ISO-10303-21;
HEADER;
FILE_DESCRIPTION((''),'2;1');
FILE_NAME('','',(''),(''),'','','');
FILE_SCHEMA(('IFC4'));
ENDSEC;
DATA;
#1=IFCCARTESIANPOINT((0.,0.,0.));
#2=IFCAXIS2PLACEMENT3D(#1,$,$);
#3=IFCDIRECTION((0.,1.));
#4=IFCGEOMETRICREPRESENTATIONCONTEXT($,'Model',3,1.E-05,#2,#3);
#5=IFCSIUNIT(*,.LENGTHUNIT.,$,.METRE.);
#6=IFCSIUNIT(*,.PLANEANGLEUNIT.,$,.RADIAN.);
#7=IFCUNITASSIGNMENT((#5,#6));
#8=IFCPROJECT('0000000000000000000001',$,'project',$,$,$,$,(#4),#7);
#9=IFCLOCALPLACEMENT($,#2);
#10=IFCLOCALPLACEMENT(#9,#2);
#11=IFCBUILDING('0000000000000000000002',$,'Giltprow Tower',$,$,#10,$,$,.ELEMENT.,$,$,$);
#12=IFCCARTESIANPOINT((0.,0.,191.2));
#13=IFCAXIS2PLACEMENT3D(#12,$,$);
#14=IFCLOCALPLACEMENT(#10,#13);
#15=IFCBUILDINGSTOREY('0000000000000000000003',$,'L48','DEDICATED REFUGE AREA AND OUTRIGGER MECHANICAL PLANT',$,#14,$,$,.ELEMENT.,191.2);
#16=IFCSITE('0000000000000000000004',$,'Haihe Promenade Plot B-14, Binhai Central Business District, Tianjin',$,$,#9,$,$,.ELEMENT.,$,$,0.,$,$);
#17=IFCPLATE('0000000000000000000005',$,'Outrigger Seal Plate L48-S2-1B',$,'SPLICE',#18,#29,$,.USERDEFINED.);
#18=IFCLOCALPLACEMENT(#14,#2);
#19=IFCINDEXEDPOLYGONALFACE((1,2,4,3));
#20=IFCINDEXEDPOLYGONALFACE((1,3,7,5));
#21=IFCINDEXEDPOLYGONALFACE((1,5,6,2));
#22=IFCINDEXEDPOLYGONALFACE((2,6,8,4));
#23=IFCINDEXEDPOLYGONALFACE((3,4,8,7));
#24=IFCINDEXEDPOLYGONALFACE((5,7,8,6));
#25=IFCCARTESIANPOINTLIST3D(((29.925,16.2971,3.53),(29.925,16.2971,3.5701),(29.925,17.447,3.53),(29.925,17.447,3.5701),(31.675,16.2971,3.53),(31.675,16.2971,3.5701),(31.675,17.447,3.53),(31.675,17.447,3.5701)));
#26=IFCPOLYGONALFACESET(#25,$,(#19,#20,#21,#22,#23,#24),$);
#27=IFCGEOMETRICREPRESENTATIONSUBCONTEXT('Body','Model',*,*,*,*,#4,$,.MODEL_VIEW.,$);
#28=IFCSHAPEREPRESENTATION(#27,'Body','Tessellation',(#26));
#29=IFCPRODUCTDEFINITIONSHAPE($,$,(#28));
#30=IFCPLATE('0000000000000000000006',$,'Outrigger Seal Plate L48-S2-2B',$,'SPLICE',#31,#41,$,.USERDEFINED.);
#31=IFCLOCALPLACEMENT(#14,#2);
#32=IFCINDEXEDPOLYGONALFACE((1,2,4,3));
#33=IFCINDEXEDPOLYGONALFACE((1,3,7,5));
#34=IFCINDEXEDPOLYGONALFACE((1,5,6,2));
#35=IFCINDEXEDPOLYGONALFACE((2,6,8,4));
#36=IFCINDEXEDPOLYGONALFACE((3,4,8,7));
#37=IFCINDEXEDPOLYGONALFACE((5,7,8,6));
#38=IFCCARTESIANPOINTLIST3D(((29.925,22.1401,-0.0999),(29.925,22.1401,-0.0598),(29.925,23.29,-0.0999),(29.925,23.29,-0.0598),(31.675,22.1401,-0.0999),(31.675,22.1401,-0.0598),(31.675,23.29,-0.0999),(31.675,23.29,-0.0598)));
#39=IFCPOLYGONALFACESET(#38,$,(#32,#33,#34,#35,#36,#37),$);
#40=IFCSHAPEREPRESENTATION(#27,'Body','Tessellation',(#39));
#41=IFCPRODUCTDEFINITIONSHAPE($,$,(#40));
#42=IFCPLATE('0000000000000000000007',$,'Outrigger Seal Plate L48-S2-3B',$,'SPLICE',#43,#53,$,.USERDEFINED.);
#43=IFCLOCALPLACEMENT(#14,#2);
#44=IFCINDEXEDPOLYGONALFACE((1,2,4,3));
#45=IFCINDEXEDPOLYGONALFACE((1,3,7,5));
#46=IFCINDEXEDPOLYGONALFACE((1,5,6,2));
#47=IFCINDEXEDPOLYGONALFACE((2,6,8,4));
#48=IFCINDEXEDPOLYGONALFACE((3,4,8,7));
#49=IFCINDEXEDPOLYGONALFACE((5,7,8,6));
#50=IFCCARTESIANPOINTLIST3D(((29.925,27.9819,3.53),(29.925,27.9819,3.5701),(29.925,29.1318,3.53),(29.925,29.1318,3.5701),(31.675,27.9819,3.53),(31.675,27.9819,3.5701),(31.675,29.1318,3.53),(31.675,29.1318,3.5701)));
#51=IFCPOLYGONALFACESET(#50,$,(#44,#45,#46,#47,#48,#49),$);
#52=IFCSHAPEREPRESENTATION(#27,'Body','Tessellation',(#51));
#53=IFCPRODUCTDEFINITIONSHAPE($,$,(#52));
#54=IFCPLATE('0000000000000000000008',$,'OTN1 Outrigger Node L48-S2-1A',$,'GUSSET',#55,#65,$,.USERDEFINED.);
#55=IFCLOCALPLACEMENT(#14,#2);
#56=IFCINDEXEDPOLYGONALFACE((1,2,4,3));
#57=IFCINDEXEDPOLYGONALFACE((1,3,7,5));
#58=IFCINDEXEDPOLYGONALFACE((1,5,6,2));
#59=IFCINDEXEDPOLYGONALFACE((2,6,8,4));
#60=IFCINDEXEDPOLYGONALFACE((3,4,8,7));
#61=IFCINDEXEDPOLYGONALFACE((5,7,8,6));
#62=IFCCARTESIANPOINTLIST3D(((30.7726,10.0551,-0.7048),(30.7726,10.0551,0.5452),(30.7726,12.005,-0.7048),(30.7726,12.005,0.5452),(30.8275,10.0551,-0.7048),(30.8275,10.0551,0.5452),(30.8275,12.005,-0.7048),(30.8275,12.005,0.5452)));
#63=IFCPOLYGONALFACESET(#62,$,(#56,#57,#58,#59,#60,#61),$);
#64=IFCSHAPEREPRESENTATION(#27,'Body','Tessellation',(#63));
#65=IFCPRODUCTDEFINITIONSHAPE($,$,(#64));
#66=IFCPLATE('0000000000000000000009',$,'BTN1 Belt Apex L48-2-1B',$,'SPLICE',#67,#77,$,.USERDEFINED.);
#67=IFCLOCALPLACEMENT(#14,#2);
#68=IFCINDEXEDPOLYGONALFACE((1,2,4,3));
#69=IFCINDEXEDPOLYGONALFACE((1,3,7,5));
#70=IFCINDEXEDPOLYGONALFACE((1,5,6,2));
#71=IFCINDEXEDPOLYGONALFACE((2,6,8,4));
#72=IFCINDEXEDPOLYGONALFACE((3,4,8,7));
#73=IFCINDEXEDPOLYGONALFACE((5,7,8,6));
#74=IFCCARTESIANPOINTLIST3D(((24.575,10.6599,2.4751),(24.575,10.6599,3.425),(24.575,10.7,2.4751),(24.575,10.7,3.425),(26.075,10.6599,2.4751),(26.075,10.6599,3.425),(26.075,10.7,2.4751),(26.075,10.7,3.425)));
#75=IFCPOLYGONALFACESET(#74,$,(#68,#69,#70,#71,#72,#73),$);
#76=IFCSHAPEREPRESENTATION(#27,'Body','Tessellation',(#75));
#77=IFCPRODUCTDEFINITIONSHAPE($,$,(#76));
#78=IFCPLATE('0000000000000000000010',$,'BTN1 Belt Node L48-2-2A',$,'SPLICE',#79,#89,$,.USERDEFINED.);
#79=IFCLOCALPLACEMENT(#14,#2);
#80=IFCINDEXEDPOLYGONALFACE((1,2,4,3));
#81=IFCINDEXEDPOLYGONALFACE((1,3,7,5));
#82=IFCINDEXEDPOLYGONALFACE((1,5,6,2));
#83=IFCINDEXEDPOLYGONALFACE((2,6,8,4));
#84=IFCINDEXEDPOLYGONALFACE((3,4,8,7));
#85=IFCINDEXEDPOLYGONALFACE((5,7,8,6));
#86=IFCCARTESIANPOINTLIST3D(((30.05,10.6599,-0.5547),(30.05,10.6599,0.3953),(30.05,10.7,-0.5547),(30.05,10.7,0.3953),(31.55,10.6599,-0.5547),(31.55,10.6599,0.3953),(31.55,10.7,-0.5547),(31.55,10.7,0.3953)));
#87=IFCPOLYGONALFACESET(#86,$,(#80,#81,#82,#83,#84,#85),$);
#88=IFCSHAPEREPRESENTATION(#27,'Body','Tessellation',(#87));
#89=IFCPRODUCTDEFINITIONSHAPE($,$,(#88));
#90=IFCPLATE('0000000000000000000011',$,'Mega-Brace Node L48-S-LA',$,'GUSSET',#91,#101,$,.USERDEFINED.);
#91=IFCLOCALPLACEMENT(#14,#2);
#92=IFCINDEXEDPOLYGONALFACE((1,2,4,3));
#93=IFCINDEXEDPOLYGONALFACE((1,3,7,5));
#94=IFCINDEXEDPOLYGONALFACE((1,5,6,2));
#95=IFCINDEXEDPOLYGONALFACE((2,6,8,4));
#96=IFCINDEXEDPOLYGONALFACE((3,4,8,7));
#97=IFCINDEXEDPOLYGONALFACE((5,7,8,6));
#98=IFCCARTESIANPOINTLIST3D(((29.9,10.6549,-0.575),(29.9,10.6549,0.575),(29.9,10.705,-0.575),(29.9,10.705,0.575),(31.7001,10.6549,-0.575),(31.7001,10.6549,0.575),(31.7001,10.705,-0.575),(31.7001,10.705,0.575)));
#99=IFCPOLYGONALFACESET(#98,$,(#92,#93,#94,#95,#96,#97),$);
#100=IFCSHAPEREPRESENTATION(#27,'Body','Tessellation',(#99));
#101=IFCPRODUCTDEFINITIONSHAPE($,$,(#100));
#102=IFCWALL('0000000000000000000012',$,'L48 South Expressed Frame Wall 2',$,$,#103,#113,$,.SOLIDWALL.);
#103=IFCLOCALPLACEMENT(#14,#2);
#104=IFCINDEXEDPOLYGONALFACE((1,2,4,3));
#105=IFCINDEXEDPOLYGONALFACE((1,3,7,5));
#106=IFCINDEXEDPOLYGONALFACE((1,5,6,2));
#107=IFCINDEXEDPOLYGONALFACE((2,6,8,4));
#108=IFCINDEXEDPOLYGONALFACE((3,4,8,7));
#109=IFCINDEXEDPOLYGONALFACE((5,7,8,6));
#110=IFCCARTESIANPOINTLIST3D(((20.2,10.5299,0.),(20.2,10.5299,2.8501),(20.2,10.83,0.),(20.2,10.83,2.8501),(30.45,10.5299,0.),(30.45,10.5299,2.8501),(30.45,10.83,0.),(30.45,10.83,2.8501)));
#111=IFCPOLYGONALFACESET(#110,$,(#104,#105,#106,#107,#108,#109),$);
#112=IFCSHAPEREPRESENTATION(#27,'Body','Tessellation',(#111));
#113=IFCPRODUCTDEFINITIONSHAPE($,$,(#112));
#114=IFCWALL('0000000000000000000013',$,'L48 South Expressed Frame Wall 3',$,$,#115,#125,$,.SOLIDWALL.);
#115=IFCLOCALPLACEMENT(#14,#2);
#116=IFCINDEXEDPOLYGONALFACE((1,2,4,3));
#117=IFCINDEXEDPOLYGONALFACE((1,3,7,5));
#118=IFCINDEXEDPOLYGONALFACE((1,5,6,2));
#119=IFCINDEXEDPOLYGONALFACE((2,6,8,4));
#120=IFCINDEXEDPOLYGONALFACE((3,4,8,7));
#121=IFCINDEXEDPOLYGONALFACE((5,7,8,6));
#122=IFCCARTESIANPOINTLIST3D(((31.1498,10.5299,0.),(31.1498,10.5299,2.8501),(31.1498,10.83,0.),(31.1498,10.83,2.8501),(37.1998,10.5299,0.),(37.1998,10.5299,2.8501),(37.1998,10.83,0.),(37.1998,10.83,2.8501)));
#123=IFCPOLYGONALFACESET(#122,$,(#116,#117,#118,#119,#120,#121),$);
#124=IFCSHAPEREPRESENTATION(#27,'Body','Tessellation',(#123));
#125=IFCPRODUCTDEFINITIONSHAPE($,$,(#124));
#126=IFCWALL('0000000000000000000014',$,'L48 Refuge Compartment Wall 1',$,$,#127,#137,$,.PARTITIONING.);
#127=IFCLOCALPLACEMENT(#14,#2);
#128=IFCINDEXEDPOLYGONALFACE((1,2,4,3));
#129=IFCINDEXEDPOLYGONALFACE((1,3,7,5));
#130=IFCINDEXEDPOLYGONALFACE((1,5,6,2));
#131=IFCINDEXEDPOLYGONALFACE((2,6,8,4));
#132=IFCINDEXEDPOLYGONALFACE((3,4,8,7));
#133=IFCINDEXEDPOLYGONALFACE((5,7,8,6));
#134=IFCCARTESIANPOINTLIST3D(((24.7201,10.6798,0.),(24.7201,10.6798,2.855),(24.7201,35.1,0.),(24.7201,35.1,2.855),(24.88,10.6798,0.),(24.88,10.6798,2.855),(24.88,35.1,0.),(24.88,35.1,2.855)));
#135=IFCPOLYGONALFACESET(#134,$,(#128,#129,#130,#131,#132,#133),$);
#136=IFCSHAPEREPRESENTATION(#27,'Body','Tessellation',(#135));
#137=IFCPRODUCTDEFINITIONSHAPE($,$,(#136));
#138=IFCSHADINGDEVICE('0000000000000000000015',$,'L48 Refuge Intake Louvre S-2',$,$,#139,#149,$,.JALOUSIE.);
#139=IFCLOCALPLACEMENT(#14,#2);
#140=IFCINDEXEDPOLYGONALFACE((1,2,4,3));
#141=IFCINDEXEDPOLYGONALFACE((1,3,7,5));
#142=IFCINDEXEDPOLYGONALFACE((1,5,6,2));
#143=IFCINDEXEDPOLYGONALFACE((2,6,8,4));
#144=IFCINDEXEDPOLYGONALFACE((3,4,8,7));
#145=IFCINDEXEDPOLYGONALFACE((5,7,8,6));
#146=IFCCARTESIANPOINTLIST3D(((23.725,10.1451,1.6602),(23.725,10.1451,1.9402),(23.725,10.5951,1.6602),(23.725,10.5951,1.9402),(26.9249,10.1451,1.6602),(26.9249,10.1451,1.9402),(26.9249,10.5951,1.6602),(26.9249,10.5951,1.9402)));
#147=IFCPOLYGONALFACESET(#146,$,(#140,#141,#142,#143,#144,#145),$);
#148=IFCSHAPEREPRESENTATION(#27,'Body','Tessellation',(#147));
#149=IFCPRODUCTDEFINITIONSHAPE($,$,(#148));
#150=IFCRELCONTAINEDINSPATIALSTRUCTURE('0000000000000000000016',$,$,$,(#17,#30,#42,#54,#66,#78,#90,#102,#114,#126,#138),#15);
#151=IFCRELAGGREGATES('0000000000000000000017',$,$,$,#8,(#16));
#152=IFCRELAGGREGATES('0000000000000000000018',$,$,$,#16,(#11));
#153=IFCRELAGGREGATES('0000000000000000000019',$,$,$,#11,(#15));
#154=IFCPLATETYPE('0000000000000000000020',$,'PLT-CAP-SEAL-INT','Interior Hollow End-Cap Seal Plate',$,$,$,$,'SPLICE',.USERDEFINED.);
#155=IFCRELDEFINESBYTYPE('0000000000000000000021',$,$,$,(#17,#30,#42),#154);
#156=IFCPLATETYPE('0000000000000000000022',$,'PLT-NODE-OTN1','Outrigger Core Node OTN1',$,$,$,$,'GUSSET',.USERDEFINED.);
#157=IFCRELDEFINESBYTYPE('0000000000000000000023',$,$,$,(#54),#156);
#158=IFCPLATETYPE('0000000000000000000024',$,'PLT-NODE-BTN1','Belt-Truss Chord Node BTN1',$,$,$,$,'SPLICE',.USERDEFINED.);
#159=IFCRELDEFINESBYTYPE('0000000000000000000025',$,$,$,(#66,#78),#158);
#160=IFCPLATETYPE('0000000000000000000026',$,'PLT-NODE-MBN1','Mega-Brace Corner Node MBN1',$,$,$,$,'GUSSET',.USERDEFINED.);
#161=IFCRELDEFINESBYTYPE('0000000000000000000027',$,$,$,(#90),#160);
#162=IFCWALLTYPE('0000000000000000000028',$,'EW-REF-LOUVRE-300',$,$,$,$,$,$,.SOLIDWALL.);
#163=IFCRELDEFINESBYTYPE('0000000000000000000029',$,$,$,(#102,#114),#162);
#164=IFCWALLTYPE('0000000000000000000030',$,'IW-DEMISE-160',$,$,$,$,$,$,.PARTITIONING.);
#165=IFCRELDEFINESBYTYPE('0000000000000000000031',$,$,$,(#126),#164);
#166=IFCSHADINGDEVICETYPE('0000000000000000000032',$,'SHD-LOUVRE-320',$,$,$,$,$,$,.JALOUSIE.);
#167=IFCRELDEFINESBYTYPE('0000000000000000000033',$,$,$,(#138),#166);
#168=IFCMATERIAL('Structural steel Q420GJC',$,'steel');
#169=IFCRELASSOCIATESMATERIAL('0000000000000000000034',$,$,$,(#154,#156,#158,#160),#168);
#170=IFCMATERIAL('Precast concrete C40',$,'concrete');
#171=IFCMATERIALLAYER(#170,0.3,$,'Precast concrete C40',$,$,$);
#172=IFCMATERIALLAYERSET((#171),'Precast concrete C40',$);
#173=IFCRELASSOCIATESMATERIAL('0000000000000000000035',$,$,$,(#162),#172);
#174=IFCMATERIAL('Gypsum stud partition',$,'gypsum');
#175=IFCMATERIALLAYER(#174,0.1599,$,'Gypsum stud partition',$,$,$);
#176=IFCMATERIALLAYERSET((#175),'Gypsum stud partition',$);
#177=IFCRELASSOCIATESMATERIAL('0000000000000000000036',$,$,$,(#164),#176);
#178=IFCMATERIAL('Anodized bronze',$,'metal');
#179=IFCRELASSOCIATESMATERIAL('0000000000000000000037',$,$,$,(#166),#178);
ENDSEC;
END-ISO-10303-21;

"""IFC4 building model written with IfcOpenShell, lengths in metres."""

from ifc_helpers import new_model, si_unit, direction, frame, frame_2d, origin, origin_2d, place, context, subcontext, project, spatial, rectangle, extrude, source, transform, mapped, material, layer, layer_set, type_object, element, save


model = new_model("IFC4")

# Units and contexts
model_context = context("Model", 3, precision=1e-05, world=origin(), true_north=direction((0.0, 1.0)))
body_context = subcontext(model_context, "Body", "Model", "MODEL_VIEW")
ifc_project = project(units=[si_unit("LENGTHUNIT", "METRE"), si_unit("PLANEANGLEUNIT", "RADIAN")], contexts=[model_context])

# Site, building, storey
site_placement = place(None, origin())
site = spatial("IfcSite", under=ifc_project, at=site_placement, Name="Haihe Promenade Plot B-14, Binhai Central Business District, Tianjin", CompositionType="ELEMENT", RefElevation=0.0)
building_placement = place(site_placement, origin())
building = spatial("IfcBuilding", under=site, at=building_placement, Name="Giltprow Tower", CompositionType="ELEMENT")
storey_placement = place(building_placement, frame((0.0, 0.0, 191.2)))
storey = spatial("IfcBuildingStorey", under=building, at=storey_placement, Name="L48", Description="DEDICATED REFUGE AREA AND OUTRIGGER MECHANICAL PLANT", CompositionType="ELEMENT", Elevation=191.2)

# Shared definitions
ifc_material_1 = material(Name="Structural steel Q420GJC", Category="steel")

# Plates
plate_type_1 = type_object("IfcPlateType", Name="PLT-CAP-SEAL-INT", Description="Interior Hollow End-Cap Seal Plate", ElementType="SPLICE", PredefinedType="USERDEFINED", material=ifc_material_1)
shared_shape_1 = source(origin(), body_context, "Body", "SweptSolid", [
    extrude(rectangle(XDim=1.75, YDim=1.1499, at=origin_2d()), origin(), (0.0, 0.0, 1.0), 0.04),
])
for number, where, z_axis, x_axis, name in (
    (1, (30.8, 16.8721, 3.53), (0.0, 0.0, 1.0), (1.0, 0.0, 0.0), "Outrigger Seal Plate L48-S2-1B"),
    (2, (30.8, 22.7151, -0.0999), (0.0, 0.0, 1.0), (1.0, 0.0, 0.0), "Outrigger Seal Plate L48-S2-2B"),
    (3, (30.8, 28.5569, 3.53), (0.0, 0.0, 1.0), (1.0, 0.0, 0.0), "Outrigger Seal Plate L48-S2-3B"),
):
    element("IfcPlate", number, at=place(storey_placement, frame(where, z_axis=z_axis, x_axis=x_axis)), inside=storey, type_object=plate_type_1, Name=name, ObjectType="SPLICE", PredefinedType="USERDEFINED", context=body_context, shape_type="MappedRepresentation", body=[
        mapped(shared_shape_1, transform((0.0, 0.0, 0.0), x_axis=(1.0, 0.0, 0.0), y_axis=(0.0, 1.0, 0.0), z_axis=(0.0, 0.0, 1.0), scale=1.0)),
    ])
plate_type_2 = type_object("IfcPlateType", Name="PLT-NODE-OTN1", Description="Outrigger Core Node OTN1", ElementType="GUSSET", PredefinedType="USERDEFINED", material=ifc_material_1)
shared_shape_2 = source(origin(), body_context, "Body", "SweptSolid", [
    extrude(rectangle(XDim=1.95, YDim=0.0549, at=origin_2d()), origin(), (0.0, 0.0, 1.0), 1.25),
])
plate_1_placement = place(storey_placement, frame((30.8, 11.03, -0.7048), z_axis=(0.0, 0.0, 1.0), x_axis=(0.0, 1.0, 0.0)))
element("IfcPlate", 4, at=plate_1_placement, inside=storey, type_object=plate_type_2, Name="OTN1 Outrigger Node L48-S2-1A", ObjectType="GUSSET", PredefinedType="USERDEFINED", context=body_context, shape_type="MappedRepresentation", body=[
    mapped(shared_shape_2, transform((0.0, 0.0, 0.0), x_axis=(1.0, 0.0, 0.0), y_axis=(0.0, 1.0, 0.0), z_axis=(0.0, 0.0, 1.0), scale=1.0)),
])
plate_type_3 = type_object("IfcPlateType", Name="PLT-NODE-BTN1", Description="Belt-Truss Chord Node BTN1", ElementType="SPLICE", PredefinedType="USERDEFINED", material=ifc_material_1)
shared_shape_3 = source(origin(), body_context, "Body", "SweptSolid", [
    extrude(rectangle(XDim=1.5, YDim=0.04, at=origin_2d()), origin(), (0.0, 0.0, 1.0), 0.95),
])
for number, where, z_axis, x_axis, name in (
    (5, (25.325, 10.6799, 2.4751), (0.0, 0.0, 1.0), (1.0, 0.0, 0.0), "BTN1 Belt Apex L48-2-1B"),
    (6, (30.8, 10.6799, -0.5547), (0.0, 0.0, 1.0), (1.0, 0.0, 0.0), "BTN1 Belt Node L48-2-2A"),
):
    element("IfcPlate", number, at=place(storey_placement, frame(where, z_axis=z_axis, x_axis=x_axis)), inside=storey, type_object=plate_type_3, Name=name, ObjectType="SPLICE", PredefinedType="USERDEFINED", context=body_context, shape_type="MappedRepresentation", body=[
        mapped(shared_shape_3, transform((0.0, 0.0, 0.0), x_axis=(1.0, 0.0, 0.0), y_axis=(0.0, 1.0, 0.0), z_axis=(0.0, 0.0, 1.0), scale=1.0)),
    ])
plate_type_4 = type_object("IfcPlateType", Name="PLT-NODE-MBN1", Description="Mega-Brace Corner Node MBN1", ElementType="GUSSET", PredefinedType="USERDEFINED", material=ifc_material_1)
shared_shape_4 = source(origin(), body_context, "Body", "SweptSolid", [
    extrude(rectangle(XDim=1.8, YDim=0.05, at=origin_2d()), origin(), (0.0, 0.0, 1.0), 1.1499),
])
plate_2_placement = place(storey_placement, frame((30.8, 10.6799, -0.575), z_axis=(0.0, 0.0, 1.0), x_axis=(1.0, 0.0, 0.0)))
element("IfcPlate", 7, at=plate_2_placement, inside=storey, type_object=plate_type_4, Name="Mega-Brace Node L48-S-LA", ObjectType="GUSSET", PredefinedType="USERDEFINED", context=body_context, shape_type="MappedRepresentation", body=[
    mapped(shared_shape_4, transform((0.0, 0.0, 0.0), x_axis=(1.0, 0.0, 0.0), y_axis=(0.0, 1.0, 0.0), z_axis=(0.0, 0.0, 1.0), scale=1.0)),
])

# Walls
ifc_material_2 = material(Name="Precast concrete C40", Category="concrete")
ifc_layer_1 = layer(ifc_material_2, 0.3, Name="Precast concrete C40")
ifc_layer_set_1 = layer_set([ifc_layer_1], Name="Precast concrete C40")
wall_type_1 = type_object("IfcWallType", Name="EW-REF-LOUVRE-300", PredefinedType="SOLIDWALL", material=ifc_layer_set_1)
wall_1_placement = place(storey_placement, frame((20.2, 10.6799, 0.0), z_axis=(0.0, 0.0, 1.0), x_axis=(1.0, 0.0, 0.0)))
element("IfcWall", 8, at=wall_1_placement, inside=storey, type_object=wall_type_1, Name="L48 South Expressed Frame Wall 2", PredefinedType="SOLIDWALL", context=body_context, shape_type="SweptSolid", body=[
    extrude(rectangle(XDim=10.25, YDim=0.3, at=frame_2d((5.125, 0.0))), origin(), (0.0, 0.0, 1.0), 2.8501),
])
wall_2_placement = place(storey_placement, frame((31.1499, 10.6799, 0.0), z_axis=(0.0, 0.0, 1.0), x_axis=(1.0, 0.0, 0.0)))
element("IfcWall", 9, at=wall_2_placement, inside=storey, type_object=wall_type_1, Name="L48 South Expressed Frame Wall 3", PredefinedType="SOLIDWALL", context=body_context, shape_type="SweptSolid", body=[
    extrude(rectangle(XDim=6.05, YDim=0.3, at=frame_2d((3.0249, 0.0))), origin(), (0.0, 0.0, 1.0), 2.8501),
])
ifc_material_3 = material(Name="Gypsum stud partition", Category="gypsum")
ifc_layer_2 = layer(ifc_material_3, 0.1599, Name="Gypsum stud partition")
ifc_layer_set_2 = layer_set([ifc_layer_2], Name="Gypsum stud partition")
wall_type_2 = type_object("IfcWallType", Name="IW-DEMISE-160", PredefinedType="PARTITIONING", material=ifc_layer_set_2)
wall_3_placement = place(storey_placement, frame((24.8, 10.6799, 0.0), z_axis=(0.0, 0.0, 1.0), x_axis=(0.0, 1.0, 0.0)))
element("IfcWall", 10, at=wall_3_placement, inside=storey, type_object=wall_type_2, Name="L48 Refuge Compartment Wall 1", PredefinedType="PARTITIONING", context=body_context, shape_type="SweptSolid", body=[
    extrude(rectangle(XDim=24.4202, YDim=0.1599, at=frame_2d((12.21, 0.0))), origin(), (0.0, 0.0, 1.0), 2.855),
])

# Shading device
ifc_material_4 = material(Name="Anodized bronze", Category="metal")
shading_device_type = type_object("IfcShadingDeviceType", Name="SHD-LOUVRE-320", PredefinedType="JALOUSIE", material=ifc_material_4)
shared_shape_5 = source(origin(), body_context, "Body", "SweptSolid", [
    extrude(rectangle(XDim=3.2, YDim=0.45, at=origin_2d()), origin(), (0.0, 0.0, 1.0), 0.28),
])
shading_device_placement = place(storey_placement, frame((25.325, 10.3701, 1.6602), z_axis=(0.0, 0.0, 1.0), x_axis=(1.0, 0.0, 0.0)))
element("IfcShadingDevice", 11, at=shading_device_placement, inside=storey, type_object=shading_device_type, Name="L48 Refuge Intake Louvre S-2", PredefinedType="JALOUSIE", context=body_context, shape_type="MappedRepresentation", body=[
    mapped(shared_shape_5, transform((0.0, 0.0, 0.0), x_axis=(1.0, 0.0, 0.0), y_axis=(0.0, 1.0, 0.0), z_axis=(0.0, 0.0, 1.0), scale=1.0)),
])

save(model, "model.ifc")
